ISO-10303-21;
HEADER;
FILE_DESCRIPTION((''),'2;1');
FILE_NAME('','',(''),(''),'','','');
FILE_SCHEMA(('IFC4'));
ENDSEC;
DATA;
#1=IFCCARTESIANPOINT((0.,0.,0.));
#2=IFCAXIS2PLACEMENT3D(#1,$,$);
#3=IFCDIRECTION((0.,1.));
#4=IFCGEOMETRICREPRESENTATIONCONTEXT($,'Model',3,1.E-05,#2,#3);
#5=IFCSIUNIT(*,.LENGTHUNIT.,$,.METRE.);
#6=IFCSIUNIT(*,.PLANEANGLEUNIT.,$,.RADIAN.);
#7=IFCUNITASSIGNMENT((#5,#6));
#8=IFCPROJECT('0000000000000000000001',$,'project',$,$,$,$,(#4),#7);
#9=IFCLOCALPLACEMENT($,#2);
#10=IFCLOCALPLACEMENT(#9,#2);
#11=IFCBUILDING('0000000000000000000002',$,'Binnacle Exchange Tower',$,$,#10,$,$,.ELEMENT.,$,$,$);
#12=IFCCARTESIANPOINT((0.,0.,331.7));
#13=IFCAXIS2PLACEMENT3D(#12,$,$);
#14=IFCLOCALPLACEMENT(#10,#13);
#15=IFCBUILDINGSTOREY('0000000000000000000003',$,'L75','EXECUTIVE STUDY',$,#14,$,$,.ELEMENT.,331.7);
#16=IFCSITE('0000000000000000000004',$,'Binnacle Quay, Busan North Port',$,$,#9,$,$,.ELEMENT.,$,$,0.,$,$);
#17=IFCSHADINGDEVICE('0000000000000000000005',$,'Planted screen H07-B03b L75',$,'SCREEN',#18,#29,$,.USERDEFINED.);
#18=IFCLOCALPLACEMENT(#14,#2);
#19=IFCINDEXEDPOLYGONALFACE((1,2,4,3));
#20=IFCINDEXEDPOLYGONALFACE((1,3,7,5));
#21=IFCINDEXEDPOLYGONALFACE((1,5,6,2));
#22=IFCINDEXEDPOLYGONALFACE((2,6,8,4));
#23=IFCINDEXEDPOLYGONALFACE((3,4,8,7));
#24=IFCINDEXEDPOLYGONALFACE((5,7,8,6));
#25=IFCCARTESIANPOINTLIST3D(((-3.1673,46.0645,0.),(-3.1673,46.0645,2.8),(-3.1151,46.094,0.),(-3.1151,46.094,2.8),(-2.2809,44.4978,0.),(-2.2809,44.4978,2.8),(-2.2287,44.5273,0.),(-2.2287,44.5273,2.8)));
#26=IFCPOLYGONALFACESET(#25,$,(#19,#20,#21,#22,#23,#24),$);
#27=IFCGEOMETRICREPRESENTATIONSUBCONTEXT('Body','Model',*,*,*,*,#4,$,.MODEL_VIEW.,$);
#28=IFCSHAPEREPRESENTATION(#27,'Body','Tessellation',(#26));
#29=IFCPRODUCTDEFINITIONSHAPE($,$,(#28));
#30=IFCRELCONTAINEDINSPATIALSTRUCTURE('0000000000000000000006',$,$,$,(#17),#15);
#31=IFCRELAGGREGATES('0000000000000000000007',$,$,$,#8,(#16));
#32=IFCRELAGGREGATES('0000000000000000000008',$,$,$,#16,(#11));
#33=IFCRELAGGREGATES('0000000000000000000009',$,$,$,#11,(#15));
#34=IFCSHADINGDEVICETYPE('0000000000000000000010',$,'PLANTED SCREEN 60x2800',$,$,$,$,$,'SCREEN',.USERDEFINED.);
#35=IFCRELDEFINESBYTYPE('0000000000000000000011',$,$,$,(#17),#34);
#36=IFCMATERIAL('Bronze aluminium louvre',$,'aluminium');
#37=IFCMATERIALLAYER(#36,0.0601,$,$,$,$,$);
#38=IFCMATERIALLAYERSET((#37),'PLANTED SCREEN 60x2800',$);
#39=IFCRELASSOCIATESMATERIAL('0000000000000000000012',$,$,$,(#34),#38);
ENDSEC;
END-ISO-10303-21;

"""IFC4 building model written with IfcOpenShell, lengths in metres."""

from ifc_helpers import new_model, si_unit, direction, frame, origin, origin_2d, place, context, subcontext, project, spatial, rectangle, extrude, material, layer, layer_set, type_object, element, save


model = new_model("IFC4")

# Units and contexts
model_context = context("Model", 3, precision=1e-05, world=origin(), true_north=direction((0.0, 1.0)))
body_context = subcontext(model_context, "Body", "Model", "MODEL_VIEW")
ifc_project = project(units=[si_unit("LENGTHUNIT", "METRE"), si_unit("PLANEANGLEUNIT", "RADIAN")], contexts=[model_context])

# Site, building, storey
site_placement = place(None, origin())
site = spatial("IfcSite", under=ifc_project, at=site_placement, Name="Binnacle Quay, Busan North Port", CompositionType="ELEMENT", RefElevation=0.0)
building_placement = place(site_placement, origin())
building = spatial("IfcBuilding", under=site, at=building_placement, Name="Binnacle Exchange Tower", CompositionType="ELEMENT")
storey_placement = place(building_placement, frame((0.0, 0.0, 331.7)))
storey = spatial("IfcBuildingStorey", under=building, at=storey_placement, Name="L75", Description="EXECUTIVE STUDY", CompositionType="ELEMENT", Elevation=331.7)

# Shading device
ifc_material_1 = material(Name="Bronze aluminium louvre", Category="aluminium")
ifc_layer_1 = layer(ifc_material_1, 0.0601)
ifc_layer_set_1 = layer_set([ifc_layer_1], Name="PLANTED SCREEN 60x2800")
shading_device_type = type_object("IfcShadingDeviceType", Name="PLANTED SCREEN 60x2800", ElementType="SCREEN", PredefinedType="USERDEFINED", material=ifc_layer_set_1)
shading_device_placement = place(storey_placement, frame((-2.698, 45.2959, 0.0), z_axis=(0.0, 0.0, 1.0), x_axis=(0.870356, 0.492424, 0.0)))
element("IfcShadingDevice", 1, at=shading_device_placement, inside=storey, type_object=shading_device_type, Name="Planted screen H07-B03b L75", ObjectType="SCREEN", PredefinedType="USERDEFINED", context=body_context, shape_type="SweptSolid", body=[
    extrude(rectangle(XDim=0.0601, YDim=1.8, at=origin_2d()), origin(), (0.0, 0.0, 1.0), 2.8),
])

save(model, "model.ifc")
